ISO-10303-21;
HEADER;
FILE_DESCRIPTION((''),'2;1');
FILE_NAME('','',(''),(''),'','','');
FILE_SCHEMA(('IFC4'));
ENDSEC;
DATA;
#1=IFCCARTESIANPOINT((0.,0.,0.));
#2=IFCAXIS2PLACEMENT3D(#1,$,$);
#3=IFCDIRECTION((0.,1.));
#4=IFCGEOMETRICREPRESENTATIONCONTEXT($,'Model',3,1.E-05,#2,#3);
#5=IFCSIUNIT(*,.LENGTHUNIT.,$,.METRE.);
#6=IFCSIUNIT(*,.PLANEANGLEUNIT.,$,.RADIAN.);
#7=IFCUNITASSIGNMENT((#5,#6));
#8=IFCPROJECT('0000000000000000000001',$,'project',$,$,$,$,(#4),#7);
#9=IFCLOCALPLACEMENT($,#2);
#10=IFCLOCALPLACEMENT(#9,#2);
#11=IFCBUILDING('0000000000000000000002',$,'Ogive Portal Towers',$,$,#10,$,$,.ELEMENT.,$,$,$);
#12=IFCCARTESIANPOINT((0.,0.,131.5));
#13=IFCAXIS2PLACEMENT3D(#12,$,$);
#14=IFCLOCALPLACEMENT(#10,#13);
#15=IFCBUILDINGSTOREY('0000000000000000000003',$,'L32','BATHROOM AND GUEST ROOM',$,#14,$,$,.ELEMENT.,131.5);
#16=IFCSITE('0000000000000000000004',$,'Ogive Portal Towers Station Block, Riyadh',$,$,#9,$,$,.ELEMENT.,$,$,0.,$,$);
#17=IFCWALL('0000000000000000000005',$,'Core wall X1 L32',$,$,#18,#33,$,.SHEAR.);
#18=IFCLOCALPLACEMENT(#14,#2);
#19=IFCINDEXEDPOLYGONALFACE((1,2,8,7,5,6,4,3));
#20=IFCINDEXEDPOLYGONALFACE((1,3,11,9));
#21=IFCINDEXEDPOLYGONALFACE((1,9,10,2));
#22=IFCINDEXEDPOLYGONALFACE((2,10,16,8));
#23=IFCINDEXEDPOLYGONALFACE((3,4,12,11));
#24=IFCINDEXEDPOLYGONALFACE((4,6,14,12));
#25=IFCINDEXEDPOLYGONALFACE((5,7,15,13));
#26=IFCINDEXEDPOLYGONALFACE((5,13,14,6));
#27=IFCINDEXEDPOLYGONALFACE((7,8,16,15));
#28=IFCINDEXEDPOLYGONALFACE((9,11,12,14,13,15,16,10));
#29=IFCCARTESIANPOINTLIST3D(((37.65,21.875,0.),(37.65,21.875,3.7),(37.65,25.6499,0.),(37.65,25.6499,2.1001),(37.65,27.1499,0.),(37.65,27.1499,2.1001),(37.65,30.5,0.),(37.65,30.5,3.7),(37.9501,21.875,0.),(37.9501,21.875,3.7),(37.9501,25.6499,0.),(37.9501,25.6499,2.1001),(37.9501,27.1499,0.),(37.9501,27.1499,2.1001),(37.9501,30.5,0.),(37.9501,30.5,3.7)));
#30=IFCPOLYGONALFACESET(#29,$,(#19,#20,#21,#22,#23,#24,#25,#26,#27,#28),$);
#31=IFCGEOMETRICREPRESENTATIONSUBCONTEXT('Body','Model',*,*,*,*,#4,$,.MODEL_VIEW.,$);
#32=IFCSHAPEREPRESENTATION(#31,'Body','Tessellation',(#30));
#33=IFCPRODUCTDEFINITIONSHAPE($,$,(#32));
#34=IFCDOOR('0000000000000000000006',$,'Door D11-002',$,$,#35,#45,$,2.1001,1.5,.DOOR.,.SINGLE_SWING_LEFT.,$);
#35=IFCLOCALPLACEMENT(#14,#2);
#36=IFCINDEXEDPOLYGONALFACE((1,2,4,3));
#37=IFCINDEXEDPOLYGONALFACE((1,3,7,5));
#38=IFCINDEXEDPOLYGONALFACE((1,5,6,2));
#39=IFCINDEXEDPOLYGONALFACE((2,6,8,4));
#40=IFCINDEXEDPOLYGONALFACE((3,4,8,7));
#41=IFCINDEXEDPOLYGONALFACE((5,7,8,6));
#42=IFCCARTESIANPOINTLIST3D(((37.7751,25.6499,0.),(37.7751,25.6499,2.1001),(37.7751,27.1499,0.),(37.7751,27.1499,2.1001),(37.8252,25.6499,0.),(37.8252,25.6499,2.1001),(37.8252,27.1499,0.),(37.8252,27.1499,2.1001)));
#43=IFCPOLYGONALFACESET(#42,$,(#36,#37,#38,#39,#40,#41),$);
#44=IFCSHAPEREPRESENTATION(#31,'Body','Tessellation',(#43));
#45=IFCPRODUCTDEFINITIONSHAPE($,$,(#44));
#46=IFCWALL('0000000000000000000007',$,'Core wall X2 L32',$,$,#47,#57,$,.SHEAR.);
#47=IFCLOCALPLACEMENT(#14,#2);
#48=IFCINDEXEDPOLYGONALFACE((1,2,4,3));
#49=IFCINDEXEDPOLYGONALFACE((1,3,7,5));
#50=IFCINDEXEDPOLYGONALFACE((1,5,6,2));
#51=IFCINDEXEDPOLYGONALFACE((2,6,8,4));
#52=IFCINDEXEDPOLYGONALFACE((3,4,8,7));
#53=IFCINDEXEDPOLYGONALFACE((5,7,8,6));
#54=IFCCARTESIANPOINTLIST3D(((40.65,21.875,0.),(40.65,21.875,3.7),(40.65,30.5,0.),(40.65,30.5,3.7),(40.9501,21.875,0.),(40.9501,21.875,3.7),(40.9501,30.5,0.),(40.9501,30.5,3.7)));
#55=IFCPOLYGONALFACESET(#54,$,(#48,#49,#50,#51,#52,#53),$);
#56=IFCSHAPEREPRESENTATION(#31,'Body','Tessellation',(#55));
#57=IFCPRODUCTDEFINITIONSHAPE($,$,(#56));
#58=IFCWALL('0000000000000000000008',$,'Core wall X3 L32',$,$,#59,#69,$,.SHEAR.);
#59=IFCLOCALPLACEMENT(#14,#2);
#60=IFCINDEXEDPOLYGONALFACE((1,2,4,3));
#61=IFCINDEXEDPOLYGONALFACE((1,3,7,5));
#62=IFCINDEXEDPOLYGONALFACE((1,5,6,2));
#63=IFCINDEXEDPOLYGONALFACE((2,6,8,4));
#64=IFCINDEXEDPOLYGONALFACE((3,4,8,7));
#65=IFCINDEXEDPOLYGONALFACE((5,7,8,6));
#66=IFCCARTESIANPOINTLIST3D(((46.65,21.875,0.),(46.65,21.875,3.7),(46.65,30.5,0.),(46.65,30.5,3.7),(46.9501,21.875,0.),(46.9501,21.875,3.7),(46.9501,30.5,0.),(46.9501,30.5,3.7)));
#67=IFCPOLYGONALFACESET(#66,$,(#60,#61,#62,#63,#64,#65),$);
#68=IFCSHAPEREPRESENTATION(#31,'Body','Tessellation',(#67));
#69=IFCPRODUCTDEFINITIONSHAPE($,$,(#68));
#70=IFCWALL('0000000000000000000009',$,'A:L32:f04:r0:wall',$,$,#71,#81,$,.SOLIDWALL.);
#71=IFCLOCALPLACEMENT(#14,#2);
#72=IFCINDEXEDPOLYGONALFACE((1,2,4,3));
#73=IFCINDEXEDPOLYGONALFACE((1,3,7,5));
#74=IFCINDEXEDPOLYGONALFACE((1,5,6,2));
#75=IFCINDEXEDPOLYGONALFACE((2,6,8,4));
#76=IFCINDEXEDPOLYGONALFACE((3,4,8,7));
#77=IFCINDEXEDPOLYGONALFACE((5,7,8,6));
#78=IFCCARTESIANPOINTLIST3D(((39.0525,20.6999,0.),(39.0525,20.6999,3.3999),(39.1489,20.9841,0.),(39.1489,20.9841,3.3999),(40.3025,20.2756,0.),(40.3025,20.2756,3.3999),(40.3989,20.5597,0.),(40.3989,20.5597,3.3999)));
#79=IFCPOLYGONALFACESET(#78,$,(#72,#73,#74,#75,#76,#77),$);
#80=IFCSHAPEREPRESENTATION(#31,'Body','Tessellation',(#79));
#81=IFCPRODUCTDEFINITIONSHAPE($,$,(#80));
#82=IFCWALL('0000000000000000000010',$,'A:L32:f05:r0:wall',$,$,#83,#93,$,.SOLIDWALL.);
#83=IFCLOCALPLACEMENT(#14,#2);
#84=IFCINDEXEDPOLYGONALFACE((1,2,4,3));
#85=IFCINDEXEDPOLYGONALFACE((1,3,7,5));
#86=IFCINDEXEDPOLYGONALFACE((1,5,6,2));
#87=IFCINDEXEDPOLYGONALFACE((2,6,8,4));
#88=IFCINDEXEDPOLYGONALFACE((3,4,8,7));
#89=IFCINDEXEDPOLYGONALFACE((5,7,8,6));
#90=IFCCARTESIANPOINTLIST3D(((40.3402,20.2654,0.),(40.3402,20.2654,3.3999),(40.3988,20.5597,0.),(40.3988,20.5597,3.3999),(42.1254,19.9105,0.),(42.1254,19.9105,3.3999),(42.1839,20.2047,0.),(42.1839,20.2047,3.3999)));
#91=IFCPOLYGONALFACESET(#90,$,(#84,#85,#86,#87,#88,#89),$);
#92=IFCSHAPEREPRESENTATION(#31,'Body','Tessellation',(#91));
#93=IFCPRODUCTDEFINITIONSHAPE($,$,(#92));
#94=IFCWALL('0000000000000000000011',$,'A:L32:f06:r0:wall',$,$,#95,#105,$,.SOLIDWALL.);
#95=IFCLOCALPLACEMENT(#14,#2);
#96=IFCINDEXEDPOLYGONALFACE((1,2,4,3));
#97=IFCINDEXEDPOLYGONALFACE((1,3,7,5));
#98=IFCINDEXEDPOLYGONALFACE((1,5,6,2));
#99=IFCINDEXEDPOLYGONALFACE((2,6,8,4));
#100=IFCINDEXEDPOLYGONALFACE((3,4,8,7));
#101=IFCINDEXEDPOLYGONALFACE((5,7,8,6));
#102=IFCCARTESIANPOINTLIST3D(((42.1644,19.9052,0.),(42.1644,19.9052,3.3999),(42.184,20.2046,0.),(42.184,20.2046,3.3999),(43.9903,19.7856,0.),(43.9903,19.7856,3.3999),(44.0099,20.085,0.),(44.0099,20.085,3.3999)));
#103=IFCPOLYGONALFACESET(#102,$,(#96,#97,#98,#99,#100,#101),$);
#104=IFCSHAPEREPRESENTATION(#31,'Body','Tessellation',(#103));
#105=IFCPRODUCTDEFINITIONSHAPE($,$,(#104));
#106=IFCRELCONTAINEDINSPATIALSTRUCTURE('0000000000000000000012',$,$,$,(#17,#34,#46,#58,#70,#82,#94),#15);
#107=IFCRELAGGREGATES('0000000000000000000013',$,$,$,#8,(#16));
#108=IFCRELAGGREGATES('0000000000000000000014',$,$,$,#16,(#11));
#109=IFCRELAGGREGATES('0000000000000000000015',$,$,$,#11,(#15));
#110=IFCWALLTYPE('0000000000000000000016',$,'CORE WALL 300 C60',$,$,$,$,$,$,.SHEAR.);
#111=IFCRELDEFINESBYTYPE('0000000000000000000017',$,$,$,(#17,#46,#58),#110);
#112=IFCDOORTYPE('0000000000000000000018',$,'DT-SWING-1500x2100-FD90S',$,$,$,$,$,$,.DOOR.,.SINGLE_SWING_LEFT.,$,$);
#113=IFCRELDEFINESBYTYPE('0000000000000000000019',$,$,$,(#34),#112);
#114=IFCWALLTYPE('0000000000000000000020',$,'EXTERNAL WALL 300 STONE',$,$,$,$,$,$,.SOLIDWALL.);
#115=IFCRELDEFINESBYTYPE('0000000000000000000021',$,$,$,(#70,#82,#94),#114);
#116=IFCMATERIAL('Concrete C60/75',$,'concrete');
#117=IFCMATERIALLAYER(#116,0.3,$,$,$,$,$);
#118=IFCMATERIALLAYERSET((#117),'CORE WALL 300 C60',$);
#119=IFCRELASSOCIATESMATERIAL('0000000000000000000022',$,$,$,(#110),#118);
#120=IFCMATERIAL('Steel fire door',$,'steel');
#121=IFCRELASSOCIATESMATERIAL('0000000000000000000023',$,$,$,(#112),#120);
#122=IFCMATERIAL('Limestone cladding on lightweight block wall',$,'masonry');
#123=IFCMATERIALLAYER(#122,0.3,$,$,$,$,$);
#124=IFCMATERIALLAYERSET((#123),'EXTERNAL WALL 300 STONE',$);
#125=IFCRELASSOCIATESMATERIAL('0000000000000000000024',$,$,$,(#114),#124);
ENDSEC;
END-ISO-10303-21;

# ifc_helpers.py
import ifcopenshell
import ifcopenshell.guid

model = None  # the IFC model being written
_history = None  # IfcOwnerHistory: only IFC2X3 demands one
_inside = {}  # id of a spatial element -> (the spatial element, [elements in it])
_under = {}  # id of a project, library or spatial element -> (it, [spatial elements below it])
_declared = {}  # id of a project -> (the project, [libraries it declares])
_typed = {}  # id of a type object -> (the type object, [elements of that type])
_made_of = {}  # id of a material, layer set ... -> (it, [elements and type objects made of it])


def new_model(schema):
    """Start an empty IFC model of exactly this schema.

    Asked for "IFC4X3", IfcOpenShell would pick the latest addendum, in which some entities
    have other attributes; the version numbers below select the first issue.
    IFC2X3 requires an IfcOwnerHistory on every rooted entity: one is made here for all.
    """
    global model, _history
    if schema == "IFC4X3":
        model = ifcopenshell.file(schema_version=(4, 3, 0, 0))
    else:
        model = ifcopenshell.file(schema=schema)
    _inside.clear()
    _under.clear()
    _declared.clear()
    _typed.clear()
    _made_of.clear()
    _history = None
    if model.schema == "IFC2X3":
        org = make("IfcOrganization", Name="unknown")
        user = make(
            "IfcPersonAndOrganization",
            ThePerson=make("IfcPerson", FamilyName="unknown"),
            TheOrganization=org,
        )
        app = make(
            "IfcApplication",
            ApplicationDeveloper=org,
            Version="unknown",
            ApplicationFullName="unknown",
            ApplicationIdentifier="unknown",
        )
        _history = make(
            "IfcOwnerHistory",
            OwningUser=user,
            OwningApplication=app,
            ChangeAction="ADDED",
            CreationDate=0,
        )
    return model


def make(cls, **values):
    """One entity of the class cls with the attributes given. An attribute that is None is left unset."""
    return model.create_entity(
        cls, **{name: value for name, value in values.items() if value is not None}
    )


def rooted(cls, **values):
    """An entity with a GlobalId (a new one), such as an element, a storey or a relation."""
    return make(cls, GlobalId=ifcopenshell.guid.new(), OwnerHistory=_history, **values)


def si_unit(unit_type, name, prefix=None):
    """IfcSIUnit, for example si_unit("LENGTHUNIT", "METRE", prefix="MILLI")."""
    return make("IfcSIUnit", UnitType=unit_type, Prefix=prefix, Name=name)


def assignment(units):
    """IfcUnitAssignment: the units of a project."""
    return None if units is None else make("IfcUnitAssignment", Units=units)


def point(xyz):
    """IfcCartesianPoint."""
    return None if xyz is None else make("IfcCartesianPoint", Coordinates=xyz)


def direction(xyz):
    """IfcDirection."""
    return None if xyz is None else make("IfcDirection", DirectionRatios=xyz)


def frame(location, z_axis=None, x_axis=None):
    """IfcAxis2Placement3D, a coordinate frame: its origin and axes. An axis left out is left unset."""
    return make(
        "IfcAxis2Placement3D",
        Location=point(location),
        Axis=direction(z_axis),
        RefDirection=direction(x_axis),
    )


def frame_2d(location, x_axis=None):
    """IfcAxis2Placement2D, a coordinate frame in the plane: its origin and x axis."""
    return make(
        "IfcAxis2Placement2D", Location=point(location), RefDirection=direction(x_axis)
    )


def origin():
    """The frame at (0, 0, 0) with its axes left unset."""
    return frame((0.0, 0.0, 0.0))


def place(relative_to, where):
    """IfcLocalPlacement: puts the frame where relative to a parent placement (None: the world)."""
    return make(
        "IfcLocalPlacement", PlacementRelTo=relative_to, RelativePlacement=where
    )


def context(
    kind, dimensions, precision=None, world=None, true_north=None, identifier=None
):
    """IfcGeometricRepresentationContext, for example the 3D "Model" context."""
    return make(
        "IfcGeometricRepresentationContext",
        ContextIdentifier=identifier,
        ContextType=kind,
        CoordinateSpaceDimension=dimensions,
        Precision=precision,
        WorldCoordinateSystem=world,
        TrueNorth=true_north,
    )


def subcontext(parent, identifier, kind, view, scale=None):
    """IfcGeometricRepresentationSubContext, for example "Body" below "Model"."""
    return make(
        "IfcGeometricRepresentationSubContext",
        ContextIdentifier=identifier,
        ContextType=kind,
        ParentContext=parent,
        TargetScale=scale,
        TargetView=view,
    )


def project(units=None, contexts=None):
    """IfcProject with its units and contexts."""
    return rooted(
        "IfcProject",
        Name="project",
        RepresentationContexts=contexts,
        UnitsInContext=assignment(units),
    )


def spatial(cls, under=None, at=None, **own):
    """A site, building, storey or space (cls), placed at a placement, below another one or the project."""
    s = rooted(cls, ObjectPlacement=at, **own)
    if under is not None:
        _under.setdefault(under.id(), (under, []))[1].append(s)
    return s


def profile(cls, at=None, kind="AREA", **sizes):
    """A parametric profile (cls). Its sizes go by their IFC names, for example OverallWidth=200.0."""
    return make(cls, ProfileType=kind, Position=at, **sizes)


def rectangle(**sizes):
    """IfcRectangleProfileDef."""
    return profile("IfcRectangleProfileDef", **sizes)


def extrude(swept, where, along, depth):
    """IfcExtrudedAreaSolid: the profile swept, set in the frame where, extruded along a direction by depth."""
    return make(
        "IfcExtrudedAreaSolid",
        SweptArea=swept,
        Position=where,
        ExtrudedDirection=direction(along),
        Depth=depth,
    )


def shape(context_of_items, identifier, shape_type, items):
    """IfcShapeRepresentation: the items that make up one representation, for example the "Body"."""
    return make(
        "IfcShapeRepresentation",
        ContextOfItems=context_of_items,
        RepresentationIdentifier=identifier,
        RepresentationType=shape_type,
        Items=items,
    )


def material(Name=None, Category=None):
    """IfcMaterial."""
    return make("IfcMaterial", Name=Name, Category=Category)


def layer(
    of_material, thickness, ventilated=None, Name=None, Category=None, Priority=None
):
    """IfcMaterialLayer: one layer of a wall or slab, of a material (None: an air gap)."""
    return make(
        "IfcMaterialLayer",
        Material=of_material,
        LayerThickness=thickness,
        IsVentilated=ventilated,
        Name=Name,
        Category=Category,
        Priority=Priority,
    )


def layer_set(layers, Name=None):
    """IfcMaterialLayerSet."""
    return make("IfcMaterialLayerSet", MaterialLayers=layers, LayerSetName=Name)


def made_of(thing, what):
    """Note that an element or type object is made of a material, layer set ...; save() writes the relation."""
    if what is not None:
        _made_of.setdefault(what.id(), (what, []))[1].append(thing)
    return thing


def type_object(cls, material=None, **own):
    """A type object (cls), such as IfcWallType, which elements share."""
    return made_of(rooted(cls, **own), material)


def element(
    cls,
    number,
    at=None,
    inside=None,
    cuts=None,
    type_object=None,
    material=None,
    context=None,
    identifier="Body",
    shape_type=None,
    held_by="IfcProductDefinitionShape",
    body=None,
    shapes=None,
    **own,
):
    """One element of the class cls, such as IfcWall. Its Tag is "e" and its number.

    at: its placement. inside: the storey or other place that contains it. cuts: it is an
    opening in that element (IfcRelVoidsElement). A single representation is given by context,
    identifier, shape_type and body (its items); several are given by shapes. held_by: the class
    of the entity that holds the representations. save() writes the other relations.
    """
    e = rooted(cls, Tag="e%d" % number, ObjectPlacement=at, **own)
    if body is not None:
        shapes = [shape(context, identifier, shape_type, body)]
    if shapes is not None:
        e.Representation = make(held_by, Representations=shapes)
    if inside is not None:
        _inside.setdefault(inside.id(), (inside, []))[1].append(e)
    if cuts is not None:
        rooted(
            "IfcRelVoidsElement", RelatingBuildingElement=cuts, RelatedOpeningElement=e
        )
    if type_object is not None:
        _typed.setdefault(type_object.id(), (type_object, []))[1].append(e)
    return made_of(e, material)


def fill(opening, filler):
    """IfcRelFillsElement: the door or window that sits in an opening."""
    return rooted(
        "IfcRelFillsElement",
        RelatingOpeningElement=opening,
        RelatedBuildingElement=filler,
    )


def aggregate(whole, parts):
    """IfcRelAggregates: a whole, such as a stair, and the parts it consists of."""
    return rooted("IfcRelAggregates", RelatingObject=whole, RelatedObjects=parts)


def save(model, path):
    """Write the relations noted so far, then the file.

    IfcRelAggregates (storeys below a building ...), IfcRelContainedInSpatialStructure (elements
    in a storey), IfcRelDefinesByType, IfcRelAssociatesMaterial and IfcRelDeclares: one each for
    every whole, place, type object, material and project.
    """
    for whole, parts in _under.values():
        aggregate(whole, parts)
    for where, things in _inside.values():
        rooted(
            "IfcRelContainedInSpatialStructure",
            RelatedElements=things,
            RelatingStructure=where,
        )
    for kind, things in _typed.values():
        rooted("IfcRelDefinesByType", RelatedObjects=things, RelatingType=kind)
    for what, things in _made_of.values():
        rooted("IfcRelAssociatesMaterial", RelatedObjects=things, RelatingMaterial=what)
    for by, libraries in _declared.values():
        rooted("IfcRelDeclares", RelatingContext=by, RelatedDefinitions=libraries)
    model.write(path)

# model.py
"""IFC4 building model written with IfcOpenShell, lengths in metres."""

from ifc_helpers import new_model, si_unit, direction, frame, frame_2d, origin, place, context, subcontext, project, spatial, rectangle, extrude, material, layer, layer_set, type_object, element, fill, save


model = new_model("IFC4")

# Units and contexts
model_context = context("Model", 3, precision=1e-05, world=origin(), true_north=direction((0.0, 1.0)))
body_context = subcontext(model_context, "Body", "Model", "MODEL_VIEW")
ifc_project = project(units=[si_unit("LENGTHUNIT", "METRE"), si_unit("PLANEANGLEUNIT", "RADIAN")], contexts=[model_context])

# Site, building, storey
site_placement = place(None, origin())
site = spatial("IfcSite", under=ifc_project, at=site_placement, Name="Ogive Portal Towers Station Block, Riyadh", CompositionType="ELEMENT", RefElevation=0.0)
building_placement = place(site_placement, origin())
building = spatial("IfcBuilding", under=site, at=building_placement, Name="Ogive Portal Towers", CompositionType="ELEMENT")
storey_placement = place(building_placement, frame((0.0, 0.0, 131.5)))
storey = spatial("IfcBuildingStorey", under=building, at=storey_placement, Name="L32", Description="BATHROOM AND GUEST ROOM", CompositionType="ELEMENT", Elevation=131.5)

# Wall, opening, door
ifc_material_1 = material(Name="Concrete C60/75", Category="concrete")
ifc_layer_1 = layer(ifc_material_1, 0.3)
ifc_layer_set_1 = layer_set([ifc_layer_1], Name="CORE WALL 300 C60")
wall_type_1 = type_object("IfcWallType", Name="CORE WALL 300 C60", PredefinedType="SHEAR", material=ifc_layer_set_1)
wall_1_placement = place(storey_placement, frame((37.8, 21.875, 0.0), z_axis=(0.0, 0.0, 1.0), x_axis=(0.0, 1.0, 0.0)))
wall_1 = element("IfcWall", 1, at=wall_1_placement, inside=storey, type_object=wall_type_1, Name="Core wall X1 L32", PredefinedType="SHEAR", context=body_context, shape_type="SweptSolid", body=[
    extrude(rectangle(XDim=8.625, YDim=0.3, at=frame_2d((4.3125, 0.0))), origin(), (0.0, 0.0, 1.0), 3.7),
])
opening_1_placement = place(wall_1_placement, frame((3.7749, 0.0, 0.0)))
opening_1 = element("IfcOpeningElement", 2, at=opening_1_placement, cuts=wall_1, PredefinedType="OPENING", context=body_context, shape_type="SweptSolid", body=[
    extrude(rectangle(XDim=1.5, YDim=2.1001, at=frame_2d((0.75, 1.05))), frame((0.0, 0.1602, 0.0), z_axis=(0.0, -1.0, 0.0), x_axis=(1.0, 0.0, 0.0)), (0.0, 0.0, 1.0), 0.3201),
])
ifc_material_2 = material(Name="Steel fire door", Category="steel")
door_type = type_object("IfcDoorType", Name="DT-SWING-1500x2100-FD90S", OperationType="SINGLE_SWING_LEFT", PredefinedType="DOOR", material=ifc_material_2)
door_placement = place(opening_1_placement, origin())
door = element("IfcDoor", 3, at=door_placement, inside=storey, type_object=door_type, Name="Door D11-002", OperationType="SINGLE_SWING_LEFT", OverallHeight=2.1001, OverallWidth=1.5, PredefinedType="DOOR", context=body_context, shape_type="SweptSolid", body=[
    extrude(rectangle(XDim=1.5, YDim=2.1001, at=frame_2d((0.75, 1.05))), frame((0.0, 0.0249, 0.0), z_axis=(0.0, -1.0, 0.0), x_axis=(1.0, 0.0, 0.0)), (0.0, 0.0, 1.0), 0.05),
])
fill(opening_1, door)

# Walls
for number, where, z_axis, x_axis, name in (
    (4, (40.8, 21.875, 0.0), (0.0, 0.0, 1.0), (0.0, 1.0, 0.0), "Core wall X2 L32"),
    (5, (46.8, 21.875, 0.0), (0.0, 0.0, 1.0), (0.0, 1.0, 0.0), "Core wall X3 L32"),
):
    element("IfcWall", number, at=place(storey_placement, frame(where, z_axis=z_axis, x_axis=x_axis)), inside=storey, type_object=wall_type_1, Name=name, PredefinedType="SHEAR", context=body_context, shape_type="SweptSolid", body=[
        extrude(rectangle(XDim=8.625, YDim=0.3, at=frame_2d((4.3125, 0.0))), origin(), (0.0, 0.0, 1.0), 3.7),
    ])
ifc_material_3 = material(Name="Limestone cladding on lightweight block wall", Category="masonry")
ifc_layer_2 = layer(ifc_material_3, 0.3)
ifc_layer_set_2 = layer_set([ifc_layer_2], Name="EXTERNAL WALL 300 STONE")
wall_type_2 = type_object("IfcWallType", Name="EXTERNAL WALL 300 STONE", PredefinedType="SOLIDWALL", material=ifc_layer_set_2)
wall_2_placement = place(storey_placement, frame((39.1006, 20.842, 0.0), z_axis=(0.0, 0.0, 1.0), x_axis=(0.94693, -0.321439, 0.0)))
element("IfcWall", 6, at=wall_2_placement, inside=storey, type_object=wall_type_2, Name="A:L32:f04:r0:wall", PredefinedType="SOLIDWALL", context=body_context, shape_type="SweptSolid", body=[
    extrude(rectangle(XDim=1.3201, YDim=0.3, at=frame_2d((0.6602, 0.0))), origin(), (0.0, 0.0, 1.0), 3.3999),
])
wall_3_placement = place(storey_placement, frame((40.3694, 20.4126, 0.0), z_axis=(0.0, 0.0, 1.0), x_axis=(0.980797, -0.195033, 0.0)))
element("IfcWall", 7, at=wall_3_placement, inside=storey, type_object=wall_type_2, Name="A:L32:f05:r0:wall", PredefinedType="SOLIDWALL", context=body_context, shape_type="SweptSolid", body=[
    extrude(rectangle(XDim=1.8201, YDim=0.3, at=frame_2d((0.9102, 0.0))), origin(), (0.0, 0.0, 1.0), 3.3999),
])
wall_4_placement = place(storey_placement, frame((42.1741, 20.0549, 0.0), z_axis=(0.0, 0.0, 1.0), x_axis=(0.997861, -0.065377, 0.0)))
element("IfcWall", 8, at=wall_4_placement, inside=storey, type_object=wall_type_2, Name="A:L32:f06:r0:wall", PredefinedType="SOLIDWALL", context=body_context, shape_type="SweptSolid", body=[
    extrude(rectangle(XDim=1.8298, YDim=0.3, at=frame_2d((0.915, 0.0))), origin(), (0.0, 0.0, 1.0), 3.3999),
])

save(model, "model.ifc")
